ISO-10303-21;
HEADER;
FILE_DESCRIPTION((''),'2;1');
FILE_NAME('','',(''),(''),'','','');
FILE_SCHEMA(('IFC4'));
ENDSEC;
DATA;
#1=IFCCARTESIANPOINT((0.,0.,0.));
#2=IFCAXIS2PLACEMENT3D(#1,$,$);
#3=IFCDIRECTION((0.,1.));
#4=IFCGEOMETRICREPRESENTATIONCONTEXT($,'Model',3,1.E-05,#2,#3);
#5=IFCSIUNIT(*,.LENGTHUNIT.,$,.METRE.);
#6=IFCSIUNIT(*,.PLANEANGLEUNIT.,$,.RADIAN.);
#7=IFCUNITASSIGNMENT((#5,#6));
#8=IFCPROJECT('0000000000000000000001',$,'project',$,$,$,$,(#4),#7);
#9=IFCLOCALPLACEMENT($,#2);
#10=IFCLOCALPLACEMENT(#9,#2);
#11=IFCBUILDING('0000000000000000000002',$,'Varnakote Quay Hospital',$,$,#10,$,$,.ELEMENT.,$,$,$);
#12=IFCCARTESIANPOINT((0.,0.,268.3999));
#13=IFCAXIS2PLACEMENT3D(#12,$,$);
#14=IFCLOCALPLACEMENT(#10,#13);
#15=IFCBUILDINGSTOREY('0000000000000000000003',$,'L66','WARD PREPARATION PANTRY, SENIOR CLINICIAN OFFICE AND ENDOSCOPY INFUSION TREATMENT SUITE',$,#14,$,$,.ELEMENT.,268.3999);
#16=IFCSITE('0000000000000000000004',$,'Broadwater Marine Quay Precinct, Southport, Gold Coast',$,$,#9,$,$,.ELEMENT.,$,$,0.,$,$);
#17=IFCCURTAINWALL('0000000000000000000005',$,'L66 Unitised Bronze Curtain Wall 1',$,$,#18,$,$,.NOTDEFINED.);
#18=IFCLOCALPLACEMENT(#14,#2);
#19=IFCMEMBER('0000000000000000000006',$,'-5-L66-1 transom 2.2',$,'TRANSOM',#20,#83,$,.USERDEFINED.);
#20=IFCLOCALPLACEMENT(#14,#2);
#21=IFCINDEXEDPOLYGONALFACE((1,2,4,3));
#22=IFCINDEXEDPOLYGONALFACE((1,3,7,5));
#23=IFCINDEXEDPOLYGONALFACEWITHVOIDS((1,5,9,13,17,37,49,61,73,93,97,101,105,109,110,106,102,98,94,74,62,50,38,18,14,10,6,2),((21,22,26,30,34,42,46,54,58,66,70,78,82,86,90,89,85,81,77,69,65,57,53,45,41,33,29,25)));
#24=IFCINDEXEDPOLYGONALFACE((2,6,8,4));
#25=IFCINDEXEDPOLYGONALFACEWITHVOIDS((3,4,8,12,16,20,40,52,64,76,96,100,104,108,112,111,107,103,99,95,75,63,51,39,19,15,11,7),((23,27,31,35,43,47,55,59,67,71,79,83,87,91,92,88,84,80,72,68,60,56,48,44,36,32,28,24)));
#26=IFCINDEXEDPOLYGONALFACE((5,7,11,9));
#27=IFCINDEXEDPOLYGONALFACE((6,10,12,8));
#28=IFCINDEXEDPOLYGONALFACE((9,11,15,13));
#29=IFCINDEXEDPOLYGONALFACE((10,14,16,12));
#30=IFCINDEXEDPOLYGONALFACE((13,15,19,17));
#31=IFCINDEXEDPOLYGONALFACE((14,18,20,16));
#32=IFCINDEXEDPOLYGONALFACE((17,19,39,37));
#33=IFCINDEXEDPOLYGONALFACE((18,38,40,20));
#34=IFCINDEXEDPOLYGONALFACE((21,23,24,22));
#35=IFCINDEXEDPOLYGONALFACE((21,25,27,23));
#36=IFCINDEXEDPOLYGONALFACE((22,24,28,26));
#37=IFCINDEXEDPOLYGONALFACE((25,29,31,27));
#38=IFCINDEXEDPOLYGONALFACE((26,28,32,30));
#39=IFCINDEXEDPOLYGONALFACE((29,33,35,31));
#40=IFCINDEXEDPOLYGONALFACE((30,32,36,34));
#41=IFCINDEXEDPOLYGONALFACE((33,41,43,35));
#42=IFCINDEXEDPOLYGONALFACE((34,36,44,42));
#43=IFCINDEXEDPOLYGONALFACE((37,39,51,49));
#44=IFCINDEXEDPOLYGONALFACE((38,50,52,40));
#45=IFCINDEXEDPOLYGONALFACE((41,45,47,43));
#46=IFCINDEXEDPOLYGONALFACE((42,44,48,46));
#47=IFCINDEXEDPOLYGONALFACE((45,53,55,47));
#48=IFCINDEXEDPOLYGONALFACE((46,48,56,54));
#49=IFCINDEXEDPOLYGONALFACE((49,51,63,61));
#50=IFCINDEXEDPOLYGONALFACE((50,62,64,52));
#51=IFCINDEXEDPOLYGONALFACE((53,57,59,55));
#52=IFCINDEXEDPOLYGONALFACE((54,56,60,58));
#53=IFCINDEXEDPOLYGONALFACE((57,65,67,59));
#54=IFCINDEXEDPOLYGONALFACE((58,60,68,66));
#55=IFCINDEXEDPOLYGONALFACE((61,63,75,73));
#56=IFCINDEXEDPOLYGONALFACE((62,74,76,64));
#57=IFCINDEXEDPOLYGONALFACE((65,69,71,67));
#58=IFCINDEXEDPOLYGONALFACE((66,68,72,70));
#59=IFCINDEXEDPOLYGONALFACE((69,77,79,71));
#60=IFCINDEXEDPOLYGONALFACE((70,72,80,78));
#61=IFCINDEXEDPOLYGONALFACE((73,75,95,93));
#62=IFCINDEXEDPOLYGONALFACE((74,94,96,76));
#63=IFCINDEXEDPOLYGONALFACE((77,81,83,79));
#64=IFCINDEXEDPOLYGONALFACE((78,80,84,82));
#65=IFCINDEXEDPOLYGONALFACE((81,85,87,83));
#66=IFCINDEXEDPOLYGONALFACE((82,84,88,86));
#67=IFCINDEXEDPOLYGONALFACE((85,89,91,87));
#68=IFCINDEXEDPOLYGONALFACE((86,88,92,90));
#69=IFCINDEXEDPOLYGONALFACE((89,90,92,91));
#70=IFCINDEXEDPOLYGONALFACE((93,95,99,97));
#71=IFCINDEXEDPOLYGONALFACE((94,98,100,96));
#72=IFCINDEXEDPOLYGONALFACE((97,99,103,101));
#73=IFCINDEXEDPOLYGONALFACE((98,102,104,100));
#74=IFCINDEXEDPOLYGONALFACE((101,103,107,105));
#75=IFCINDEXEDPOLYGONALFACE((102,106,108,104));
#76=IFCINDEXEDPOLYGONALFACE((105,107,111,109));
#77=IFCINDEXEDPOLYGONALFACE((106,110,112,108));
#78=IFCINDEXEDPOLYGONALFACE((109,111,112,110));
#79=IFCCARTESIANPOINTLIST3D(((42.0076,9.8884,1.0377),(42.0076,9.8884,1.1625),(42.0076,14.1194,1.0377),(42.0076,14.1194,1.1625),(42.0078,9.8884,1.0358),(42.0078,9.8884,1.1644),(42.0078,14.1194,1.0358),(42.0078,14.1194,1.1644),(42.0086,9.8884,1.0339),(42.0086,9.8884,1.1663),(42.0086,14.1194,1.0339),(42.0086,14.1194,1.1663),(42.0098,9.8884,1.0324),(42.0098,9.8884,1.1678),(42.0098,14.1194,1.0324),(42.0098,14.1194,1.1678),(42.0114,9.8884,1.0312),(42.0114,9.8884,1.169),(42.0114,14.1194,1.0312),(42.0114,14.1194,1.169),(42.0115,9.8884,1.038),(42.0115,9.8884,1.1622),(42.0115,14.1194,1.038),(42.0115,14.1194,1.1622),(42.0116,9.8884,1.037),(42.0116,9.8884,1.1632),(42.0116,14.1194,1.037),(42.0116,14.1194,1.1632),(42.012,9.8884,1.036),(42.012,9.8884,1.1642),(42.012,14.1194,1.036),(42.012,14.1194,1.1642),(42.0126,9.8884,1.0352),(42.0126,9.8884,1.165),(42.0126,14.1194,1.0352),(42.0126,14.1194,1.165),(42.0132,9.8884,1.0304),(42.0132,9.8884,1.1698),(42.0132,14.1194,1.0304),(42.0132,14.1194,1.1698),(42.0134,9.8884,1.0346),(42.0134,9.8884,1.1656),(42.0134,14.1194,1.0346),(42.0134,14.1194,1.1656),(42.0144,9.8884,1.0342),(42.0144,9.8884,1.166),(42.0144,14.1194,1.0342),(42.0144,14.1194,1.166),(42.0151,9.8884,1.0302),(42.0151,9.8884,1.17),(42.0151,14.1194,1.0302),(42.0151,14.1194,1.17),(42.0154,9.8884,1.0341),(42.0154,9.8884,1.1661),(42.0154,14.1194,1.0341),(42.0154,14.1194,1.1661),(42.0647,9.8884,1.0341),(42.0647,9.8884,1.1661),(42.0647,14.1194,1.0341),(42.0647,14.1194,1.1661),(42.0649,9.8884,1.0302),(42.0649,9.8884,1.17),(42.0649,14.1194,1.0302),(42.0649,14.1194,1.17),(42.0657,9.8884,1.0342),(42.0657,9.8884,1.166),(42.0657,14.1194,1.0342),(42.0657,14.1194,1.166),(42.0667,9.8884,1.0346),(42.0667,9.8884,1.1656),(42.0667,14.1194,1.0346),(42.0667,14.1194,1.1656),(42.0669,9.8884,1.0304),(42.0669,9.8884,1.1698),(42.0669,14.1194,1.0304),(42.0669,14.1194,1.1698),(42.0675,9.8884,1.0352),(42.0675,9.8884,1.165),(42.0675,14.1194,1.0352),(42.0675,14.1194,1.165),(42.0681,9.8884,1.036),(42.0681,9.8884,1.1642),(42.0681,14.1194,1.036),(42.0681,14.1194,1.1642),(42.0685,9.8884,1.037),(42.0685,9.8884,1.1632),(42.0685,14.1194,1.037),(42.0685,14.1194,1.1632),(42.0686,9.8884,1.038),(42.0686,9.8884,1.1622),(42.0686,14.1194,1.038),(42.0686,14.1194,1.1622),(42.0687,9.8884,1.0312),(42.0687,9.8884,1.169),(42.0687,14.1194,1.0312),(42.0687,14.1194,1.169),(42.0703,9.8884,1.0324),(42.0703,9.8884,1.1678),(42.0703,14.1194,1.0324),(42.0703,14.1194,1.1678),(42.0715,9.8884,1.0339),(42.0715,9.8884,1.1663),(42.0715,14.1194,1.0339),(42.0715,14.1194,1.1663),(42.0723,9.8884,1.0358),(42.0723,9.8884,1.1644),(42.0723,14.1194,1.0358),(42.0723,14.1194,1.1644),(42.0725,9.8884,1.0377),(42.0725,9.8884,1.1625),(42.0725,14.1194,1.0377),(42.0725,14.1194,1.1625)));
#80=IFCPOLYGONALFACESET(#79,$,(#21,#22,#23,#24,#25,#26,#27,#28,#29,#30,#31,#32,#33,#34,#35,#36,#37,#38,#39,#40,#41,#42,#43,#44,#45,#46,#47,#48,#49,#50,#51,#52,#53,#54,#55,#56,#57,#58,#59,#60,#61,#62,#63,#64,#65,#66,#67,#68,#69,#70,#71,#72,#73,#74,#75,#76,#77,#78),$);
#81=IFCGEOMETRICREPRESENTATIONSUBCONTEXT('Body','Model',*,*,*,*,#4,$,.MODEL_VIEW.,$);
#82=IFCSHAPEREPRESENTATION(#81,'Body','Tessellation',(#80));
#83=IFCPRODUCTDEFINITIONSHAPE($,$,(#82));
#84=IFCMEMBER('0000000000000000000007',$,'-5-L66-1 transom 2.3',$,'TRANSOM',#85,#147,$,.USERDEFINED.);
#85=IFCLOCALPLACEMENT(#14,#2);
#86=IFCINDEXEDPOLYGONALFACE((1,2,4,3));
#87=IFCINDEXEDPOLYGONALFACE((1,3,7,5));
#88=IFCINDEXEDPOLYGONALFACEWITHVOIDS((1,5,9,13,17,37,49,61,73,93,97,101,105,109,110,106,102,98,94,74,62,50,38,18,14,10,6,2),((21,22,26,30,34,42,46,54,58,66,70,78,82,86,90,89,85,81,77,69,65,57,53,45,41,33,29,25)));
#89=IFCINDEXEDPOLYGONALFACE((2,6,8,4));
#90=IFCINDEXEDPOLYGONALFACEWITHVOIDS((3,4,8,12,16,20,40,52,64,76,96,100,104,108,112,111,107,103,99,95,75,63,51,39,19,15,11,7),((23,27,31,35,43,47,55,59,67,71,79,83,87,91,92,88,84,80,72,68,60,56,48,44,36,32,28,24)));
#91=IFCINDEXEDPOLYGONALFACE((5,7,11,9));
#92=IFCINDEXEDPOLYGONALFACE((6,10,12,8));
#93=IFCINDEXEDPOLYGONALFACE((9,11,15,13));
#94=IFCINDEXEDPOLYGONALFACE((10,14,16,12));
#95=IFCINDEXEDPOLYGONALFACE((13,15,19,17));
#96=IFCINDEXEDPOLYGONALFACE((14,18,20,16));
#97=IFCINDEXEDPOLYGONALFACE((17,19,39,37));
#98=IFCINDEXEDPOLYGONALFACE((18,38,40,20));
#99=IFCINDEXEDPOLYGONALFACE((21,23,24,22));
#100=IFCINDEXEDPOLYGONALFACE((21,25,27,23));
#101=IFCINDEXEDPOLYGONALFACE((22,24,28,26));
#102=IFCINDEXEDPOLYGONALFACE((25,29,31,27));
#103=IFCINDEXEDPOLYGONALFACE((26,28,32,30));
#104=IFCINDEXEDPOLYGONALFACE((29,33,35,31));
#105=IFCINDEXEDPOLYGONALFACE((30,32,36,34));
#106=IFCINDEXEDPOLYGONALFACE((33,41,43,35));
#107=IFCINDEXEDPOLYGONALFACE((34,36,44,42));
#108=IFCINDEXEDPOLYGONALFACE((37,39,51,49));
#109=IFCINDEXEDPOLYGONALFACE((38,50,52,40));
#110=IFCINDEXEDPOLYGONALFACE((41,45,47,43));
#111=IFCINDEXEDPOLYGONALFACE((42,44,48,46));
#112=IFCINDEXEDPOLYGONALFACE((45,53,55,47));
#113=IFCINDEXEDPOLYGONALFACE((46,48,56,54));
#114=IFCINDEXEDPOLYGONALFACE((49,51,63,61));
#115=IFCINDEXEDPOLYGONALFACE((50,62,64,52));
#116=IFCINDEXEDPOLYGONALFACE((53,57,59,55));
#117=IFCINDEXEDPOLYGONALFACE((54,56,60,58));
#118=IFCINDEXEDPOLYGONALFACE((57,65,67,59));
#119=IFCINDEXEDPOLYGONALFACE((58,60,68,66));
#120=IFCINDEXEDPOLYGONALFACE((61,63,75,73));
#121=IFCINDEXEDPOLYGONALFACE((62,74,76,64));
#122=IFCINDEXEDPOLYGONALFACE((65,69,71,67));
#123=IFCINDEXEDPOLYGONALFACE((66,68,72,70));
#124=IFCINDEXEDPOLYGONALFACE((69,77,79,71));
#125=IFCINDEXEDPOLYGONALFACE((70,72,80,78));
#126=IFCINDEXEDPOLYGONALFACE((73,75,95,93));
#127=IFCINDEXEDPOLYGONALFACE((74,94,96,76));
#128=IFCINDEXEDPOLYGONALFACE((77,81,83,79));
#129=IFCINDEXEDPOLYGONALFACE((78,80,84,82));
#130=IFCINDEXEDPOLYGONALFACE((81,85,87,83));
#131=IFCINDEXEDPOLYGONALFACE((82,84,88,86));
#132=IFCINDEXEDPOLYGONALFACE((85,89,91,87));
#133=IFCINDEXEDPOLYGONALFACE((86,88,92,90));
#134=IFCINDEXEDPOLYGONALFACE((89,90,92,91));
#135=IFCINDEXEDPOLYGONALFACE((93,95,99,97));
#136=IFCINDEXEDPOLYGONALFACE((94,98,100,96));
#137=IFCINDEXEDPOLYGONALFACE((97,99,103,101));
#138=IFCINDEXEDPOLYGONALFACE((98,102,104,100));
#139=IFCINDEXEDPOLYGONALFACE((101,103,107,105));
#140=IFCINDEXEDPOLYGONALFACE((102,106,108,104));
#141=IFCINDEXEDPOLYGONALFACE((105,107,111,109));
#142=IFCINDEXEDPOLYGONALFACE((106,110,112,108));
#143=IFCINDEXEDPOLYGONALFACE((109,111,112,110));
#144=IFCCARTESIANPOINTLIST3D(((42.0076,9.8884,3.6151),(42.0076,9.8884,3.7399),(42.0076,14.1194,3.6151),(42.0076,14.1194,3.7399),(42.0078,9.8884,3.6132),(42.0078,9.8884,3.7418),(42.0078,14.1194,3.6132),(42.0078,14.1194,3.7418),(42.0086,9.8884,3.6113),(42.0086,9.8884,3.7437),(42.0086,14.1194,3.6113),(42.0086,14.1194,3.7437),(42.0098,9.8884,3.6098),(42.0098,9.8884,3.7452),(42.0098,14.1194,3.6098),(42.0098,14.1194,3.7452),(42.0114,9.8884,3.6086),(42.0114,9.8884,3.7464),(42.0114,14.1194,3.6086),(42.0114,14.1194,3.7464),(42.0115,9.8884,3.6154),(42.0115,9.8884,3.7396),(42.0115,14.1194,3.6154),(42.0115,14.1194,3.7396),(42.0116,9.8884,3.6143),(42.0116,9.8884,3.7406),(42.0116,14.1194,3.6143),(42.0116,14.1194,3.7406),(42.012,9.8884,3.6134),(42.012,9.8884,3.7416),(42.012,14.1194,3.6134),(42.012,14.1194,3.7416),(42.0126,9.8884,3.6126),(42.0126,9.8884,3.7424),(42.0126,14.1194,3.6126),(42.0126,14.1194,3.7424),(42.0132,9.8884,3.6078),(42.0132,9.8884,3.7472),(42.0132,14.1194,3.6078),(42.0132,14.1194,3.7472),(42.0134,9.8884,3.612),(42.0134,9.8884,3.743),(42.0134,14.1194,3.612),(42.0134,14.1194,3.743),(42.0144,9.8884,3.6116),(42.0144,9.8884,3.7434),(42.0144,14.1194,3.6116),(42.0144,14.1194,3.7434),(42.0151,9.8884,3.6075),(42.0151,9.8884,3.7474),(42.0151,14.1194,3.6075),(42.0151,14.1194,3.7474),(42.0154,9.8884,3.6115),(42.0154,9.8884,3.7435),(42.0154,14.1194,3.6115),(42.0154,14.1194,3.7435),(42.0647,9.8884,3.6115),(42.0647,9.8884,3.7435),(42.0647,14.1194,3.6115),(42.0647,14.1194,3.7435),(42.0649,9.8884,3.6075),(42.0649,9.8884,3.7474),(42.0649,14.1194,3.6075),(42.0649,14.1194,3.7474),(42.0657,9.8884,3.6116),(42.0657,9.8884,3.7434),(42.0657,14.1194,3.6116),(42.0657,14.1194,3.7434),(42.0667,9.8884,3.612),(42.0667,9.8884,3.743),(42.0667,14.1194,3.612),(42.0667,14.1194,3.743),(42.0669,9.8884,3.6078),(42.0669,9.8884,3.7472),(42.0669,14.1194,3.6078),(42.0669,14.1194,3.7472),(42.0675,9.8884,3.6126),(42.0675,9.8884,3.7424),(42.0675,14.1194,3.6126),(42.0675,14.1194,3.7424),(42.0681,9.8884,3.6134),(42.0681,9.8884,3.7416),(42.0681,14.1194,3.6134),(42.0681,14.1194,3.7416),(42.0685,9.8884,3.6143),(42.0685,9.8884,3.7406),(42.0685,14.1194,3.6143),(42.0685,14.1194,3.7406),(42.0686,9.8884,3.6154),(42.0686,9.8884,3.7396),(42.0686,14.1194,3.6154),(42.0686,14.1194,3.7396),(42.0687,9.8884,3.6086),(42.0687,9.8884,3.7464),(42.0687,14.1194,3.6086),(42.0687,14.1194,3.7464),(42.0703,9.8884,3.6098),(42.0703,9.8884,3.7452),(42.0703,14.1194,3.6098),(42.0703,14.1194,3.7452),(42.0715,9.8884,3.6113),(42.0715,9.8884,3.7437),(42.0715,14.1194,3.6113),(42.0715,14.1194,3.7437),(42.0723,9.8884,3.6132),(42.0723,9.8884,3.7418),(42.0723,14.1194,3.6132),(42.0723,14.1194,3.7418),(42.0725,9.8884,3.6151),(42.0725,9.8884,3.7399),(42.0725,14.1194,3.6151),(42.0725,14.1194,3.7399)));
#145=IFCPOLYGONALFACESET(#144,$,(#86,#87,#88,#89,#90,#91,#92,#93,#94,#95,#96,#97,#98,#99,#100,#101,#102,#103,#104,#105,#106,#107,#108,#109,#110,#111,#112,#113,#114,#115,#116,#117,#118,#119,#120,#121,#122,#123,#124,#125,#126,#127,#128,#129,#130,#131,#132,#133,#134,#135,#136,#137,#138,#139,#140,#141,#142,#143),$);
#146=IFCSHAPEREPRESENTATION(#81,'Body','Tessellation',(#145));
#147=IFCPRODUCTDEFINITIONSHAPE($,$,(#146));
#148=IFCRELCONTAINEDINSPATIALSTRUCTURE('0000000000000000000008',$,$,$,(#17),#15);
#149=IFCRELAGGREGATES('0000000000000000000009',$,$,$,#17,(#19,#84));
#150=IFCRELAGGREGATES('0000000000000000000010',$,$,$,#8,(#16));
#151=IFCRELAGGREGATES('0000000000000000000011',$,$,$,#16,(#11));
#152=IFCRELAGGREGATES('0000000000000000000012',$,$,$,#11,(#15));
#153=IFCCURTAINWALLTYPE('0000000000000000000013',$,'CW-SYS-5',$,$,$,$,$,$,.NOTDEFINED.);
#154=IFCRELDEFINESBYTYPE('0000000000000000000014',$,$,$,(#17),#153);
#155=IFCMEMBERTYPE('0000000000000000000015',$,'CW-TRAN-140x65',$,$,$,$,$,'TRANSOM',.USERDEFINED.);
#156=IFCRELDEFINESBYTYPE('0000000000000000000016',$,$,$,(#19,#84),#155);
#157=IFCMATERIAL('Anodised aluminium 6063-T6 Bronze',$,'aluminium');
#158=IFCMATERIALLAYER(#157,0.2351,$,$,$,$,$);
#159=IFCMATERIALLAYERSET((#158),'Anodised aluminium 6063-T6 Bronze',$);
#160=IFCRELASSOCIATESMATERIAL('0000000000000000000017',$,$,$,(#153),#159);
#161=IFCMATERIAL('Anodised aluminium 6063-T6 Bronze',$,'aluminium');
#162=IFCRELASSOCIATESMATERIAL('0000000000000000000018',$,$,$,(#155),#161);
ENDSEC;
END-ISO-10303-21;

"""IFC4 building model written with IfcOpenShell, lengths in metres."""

from ifc_helpers import new_model, si_unit, direction, frame, origin, origin_2d, place, context, subcontext, project, spatial, hollow_rectangle, extrude, material, layer, layer_set, material_profile, profile_set, type_object, element, aggregate, save


model = new_model("IFC4")

# Units and contexts
model_context = context("Model", 3, precision=1e-05, world=origin(), true_north=direction((0.0, 1.0)))
body_context = subcontext(model_context, "Body", "Model", "MODEL_VIEW")
ifc_project = project(units=[si_unit("LENGTHUNIT", "METRE"), si_unit("PLANEANGLEUNIT", "RADIAN")], contexts=[model_context])

# Site, building, storey
site_placement = place(None, origin())
site = spatial("IfcSite", under=ifc_project, at=site_placement, Name="Broadwater Marine Quay Precinct, Southport, Gold Coast", CompositionType="ELEMENT", RefElevation=0.0)
building_placement = place(site_placement, origin())
building = spatial("IfcBuilding", under=site, at=building_placement, Name="Varnakote Quay Hospital", CompositionType="ELEMENT")
storey_placement = place(building_placement, frame((0.0, 0.0, 268.3999)))
storey = spatial("IfcBuildingStorey", under=building, at=storey_placement, Name="L66", Description="WARD PREPARATION PANTRY, SENIOR CLINICIAN OFFICE AND ENDOSCOPY INFUSION TREATMENT SUITE", CompositionType="ELEMENT", Elevation=268.3999)

# Curtain wall, members
ifc_material_1 = material(Name="Anodised aluminium 6063-T6 Bronze", Category="aluminium")
ifc_layer_1 = layer(ifc_material_1, 0.2351)
ifc_layer_set_1 = layer_set([ifc_layer_1], Name="Anodised aluminium 6063-T6 Bronze")
curtain_wall_type = type_object("IfcCurtainWallType", Name="CW-SYS-5", PredefinedType="NOTDEFINED", material=ifc_layer_set_1)
curtain_wall_placement = place(storey_placement, origin())
curtain_wall = element("IfcCurtainWall", 1, at=curtain_wall_placement, inside=storey, type_object=curtain_wall_type, Name="L66 Unitised Bronze Curtain Wall 1", PredefinedType="NOTDEFINED")
ifc_material_2 = material(Name="Anodised aluminium 6063-T6 Bronze", Category="aluminium")
ifc_material_profile_1 = material_profile(ifc_material_2, hollow_rectangle(XDim=0.0649, YDim=0.1399, WallThickness=0.0039, InnerFilletRadius=0.0039, OuterFilletRadius=0.0076, at=origin_2d()), Name="CW-TRAN-140x65")
ifc_profile_set_1 = profile_set([ifc_material_profile_1], Name="Anodised aluminium 6063-T6 Bronze")
member_type_1 = type_object("IfcMemberType", Name="CW-TRAN-140x65", ElementType="TRANSOM", PredefinedType="USERDEFINED", material=ifc_profile_set_1)
member_1_placement = place(storey_placement, frame((42.04, 9.8884, 1.1001), z_axis=(0.0, 1.0, 0.0), x_axis=(-1.0, 0.0, 0.0)))
member_1 = element("IfcMember", 2, at=member_1_placement, type_object=member_type_1, Name="-5-L66-1 transom 2.2", ObjectType="TRANSOM", PredefinedType="USERDEFINED", context=body_context, shape_type="SweptSolid", body=[
    extrude(hollow_rectangle(XDim=0.0649, YDim=0.1399, WallThickness=0.0039, InnerFilletRadius=0.0039, OuterFilletRadius=0.0076, at=origin_2d()), origin(), (0.0, 0.0, 1.0), 4.231),
])
member_2_placement = place(storey_placement, frame((42.04, 9.8884, 3.6775), z_axis=(0.0, 1.0, 0.0), x_axis=(-1.0, 0.0, 0.0)))
member_2 = element("IfcMember", 3, at=member_2_placement, type_object=member_type_1, Name="-5-L66-1 transom 2.3", ObjectType="TRANSOM", PredefinedType="USERDEFINED", context=body_context, shape_type="SweptSolid", body=[
    extrude(hollow_rectangle(XDim=0.0649, YDim=0.1399, WallThickness=0.0039, InnerFilletRadius=0.0039, OuterFilletRadius=0.0076, at=origin_2d()), origin(), (0.0, 0.0, 1.0), 4.231),
])
aggregate(curtain_wall, [member_1, member_2])

save(model, "model.ifc")
